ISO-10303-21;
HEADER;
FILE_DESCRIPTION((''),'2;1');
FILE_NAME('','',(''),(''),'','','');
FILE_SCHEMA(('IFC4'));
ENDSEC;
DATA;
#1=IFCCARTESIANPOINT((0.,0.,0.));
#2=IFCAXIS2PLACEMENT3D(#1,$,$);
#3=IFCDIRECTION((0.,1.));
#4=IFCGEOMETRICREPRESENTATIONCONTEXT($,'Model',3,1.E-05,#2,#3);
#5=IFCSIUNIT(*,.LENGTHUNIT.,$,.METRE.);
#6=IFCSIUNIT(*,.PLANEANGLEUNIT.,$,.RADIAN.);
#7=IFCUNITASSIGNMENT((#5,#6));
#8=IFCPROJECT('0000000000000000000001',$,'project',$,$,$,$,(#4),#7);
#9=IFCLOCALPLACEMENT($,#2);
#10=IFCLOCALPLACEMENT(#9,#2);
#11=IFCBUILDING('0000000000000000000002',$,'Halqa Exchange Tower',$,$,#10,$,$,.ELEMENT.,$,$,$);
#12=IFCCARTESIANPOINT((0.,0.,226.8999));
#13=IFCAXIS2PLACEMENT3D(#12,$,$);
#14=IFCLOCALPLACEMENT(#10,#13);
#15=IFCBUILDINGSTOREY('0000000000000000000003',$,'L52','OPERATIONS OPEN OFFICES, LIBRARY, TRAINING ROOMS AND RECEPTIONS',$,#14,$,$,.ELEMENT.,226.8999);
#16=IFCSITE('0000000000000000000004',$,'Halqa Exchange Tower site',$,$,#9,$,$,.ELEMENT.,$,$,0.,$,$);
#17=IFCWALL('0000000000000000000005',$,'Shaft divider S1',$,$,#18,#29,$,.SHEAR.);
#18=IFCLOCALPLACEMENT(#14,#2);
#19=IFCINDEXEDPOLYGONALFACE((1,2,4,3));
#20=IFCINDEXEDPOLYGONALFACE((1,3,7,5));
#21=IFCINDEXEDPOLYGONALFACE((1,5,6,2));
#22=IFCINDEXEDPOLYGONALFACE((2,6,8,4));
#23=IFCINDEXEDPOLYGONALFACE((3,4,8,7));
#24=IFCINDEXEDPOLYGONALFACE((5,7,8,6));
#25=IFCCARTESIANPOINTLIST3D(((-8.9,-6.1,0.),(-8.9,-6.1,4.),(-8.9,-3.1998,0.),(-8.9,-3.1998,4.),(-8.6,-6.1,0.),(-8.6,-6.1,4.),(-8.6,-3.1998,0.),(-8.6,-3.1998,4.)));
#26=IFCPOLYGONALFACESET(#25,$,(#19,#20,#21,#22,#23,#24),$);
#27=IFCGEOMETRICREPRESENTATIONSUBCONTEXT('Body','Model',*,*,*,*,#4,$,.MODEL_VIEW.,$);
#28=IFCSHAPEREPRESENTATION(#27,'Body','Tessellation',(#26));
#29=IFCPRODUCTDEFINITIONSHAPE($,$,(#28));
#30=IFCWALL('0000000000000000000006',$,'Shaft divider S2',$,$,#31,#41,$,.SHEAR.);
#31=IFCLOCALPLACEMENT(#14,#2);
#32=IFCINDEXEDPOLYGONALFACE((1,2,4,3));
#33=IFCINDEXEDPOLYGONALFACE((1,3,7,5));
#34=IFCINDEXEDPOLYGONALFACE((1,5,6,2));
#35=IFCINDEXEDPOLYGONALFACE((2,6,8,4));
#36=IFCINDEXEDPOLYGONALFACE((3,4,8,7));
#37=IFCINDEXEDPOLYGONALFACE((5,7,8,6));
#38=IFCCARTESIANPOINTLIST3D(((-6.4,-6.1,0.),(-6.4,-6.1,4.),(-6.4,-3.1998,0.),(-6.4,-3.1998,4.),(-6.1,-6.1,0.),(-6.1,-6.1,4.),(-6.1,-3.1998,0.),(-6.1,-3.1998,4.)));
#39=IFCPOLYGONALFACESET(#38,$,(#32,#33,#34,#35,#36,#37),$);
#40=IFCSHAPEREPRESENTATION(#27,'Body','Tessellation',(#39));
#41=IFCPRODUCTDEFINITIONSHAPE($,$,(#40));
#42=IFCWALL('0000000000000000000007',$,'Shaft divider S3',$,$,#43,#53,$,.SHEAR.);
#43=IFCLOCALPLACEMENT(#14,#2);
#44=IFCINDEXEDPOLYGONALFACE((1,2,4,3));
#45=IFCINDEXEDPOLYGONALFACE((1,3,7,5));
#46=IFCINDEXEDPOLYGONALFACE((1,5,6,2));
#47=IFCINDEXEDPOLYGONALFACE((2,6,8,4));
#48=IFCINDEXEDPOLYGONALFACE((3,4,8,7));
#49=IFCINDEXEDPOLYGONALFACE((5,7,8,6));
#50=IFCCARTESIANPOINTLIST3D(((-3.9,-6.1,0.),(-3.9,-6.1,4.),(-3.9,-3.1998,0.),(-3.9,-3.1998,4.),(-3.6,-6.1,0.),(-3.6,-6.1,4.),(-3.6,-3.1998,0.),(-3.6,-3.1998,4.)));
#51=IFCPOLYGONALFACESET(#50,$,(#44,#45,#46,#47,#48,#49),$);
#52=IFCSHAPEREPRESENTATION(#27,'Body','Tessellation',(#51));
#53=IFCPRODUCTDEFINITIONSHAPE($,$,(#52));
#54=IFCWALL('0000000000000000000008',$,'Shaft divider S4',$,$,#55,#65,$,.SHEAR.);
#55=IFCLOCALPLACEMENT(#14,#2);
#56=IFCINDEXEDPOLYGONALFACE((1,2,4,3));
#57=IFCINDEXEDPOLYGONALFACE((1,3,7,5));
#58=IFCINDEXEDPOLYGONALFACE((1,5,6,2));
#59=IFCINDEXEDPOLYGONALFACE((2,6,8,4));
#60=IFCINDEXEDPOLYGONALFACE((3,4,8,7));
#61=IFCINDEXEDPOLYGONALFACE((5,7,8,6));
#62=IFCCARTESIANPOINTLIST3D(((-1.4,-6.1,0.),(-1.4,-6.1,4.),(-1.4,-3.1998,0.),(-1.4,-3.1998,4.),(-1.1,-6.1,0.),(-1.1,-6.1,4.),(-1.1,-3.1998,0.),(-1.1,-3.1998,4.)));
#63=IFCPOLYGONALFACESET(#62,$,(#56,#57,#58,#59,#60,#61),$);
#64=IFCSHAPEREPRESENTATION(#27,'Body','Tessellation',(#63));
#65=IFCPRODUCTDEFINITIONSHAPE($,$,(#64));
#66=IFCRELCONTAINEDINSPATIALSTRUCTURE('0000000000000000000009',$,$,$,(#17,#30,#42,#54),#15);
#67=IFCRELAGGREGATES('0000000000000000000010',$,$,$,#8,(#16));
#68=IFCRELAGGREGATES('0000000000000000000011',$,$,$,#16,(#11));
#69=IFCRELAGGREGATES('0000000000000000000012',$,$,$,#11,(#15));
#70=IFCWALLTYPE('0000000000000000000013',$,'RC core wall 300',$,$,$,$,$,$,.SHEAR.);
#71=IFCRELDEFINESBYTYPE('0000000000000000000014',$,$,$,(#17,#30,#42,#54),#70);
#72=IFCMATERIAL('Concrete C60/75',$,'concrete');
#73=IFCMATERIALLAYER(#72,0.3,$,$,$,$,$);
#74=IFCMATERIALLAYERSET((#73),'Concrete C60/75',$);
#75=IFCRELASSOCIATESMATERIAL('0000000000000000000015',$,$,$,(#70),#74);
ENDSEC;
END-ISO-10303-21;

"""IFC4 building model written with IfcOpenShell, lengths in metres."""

from ifc_helpers import new_model, si_unit, direction, frame, frame_2d, origin, place, context, subcontext, project, spatial, rectangle, extrude, material, layer, layer_set, type_object, element, save


model = new_model("IFC4")

# Units and contexts
model_context = context("Model", 3, precision=1e-05, world=origin(), true_north=direction((0.0, 1.0)))
body_context = subcontext(model_context, "Body", "Model", "MODEL_VIEW")
ifc_project = project(units=[si_unit("LENGTHUNIT", "METRE"), si_unit("PLANEANGLEUNIT", "RADIAN")], contexts=[model_context])

# Site, building, storey
site_placement = place(None, origin())
site = spatial("IfcSite", under=ifc_project, at=site_placement, Name="Halqa Exchange Tower site", CompositionType="ELEMENT", RefElevation=0.0)
building_placement = place(site_placement, origin())
building = spatial("IfcBuilding", under=site, at=building_placement, Name="Halqa Exchange Tower", CompositionType="ELEMENT")
storey_placement = place(building_placement, frame((0.0, 0.0, 226.8999)))
storey = spatial("IfcBuildingStorey", under=building, at=storey_placement, Name="L52", Description="OPERATIONS OPEN OFFICES, LIBRARY, TRAINING ROOMS AND RECEPTIONS", CompositionType="ELEMENT", Elevation=226.8999)

# Walls
ifc_material_1 = material(Name="Concrete C60/75", Category="concrete")
ifc_layer_1 = layer(ifc_material_1, 0.3)
ifc_layer_set_1 = layer_set([ifc_layer_1], Name="Concrete C60/75")
wall_type_1 = type_object("IfcWallType", Name="RC core wall 300", PredefinedType="SHEAR", material=ifc_layer_set_1)
for number, where, z_axis, x_axis, name in (
    (1, (-8.75, -6.1001, 0.0), (0.0, 0.0, 1.0), (0.0, 1.0, 0.0), "Shaft divider S1"),
    (2, (-6.25, -6.1001, 0.0), (0.0, 0.0, 1.0), (0.0, 1.0, 0.0), "Shaft divider S2"),
    (3, (-3.75, -6.1001, 0.0), (0.0, 0.0, 1.0), (0.0, 1.0, 0.0), "Shaft divider S3"),
    (4, (-1.25, -6.1001, 0.0), (0.0, 0.0, 1.0), (0.0, 1.0, 0.0), "Shaft divider S4"),
):
    element("IfcWall", number, at=place(storey_placement, frame(where, z_axis=z_axis, x_axis=x_axis)), inside=storey, type_object=wall_type_1, Name=name, PredefinedType="SHEAR", context=body_context, shape_type="SweptSolid", body=[
        extrude(rectangle(XDim=2.9001, YDim=0.3, at=frame_2d((1.4502, 0.0))), origin(), (0.0, 0.0, 1.0), 4.0),
    ])

save(model, "model.ifc")
